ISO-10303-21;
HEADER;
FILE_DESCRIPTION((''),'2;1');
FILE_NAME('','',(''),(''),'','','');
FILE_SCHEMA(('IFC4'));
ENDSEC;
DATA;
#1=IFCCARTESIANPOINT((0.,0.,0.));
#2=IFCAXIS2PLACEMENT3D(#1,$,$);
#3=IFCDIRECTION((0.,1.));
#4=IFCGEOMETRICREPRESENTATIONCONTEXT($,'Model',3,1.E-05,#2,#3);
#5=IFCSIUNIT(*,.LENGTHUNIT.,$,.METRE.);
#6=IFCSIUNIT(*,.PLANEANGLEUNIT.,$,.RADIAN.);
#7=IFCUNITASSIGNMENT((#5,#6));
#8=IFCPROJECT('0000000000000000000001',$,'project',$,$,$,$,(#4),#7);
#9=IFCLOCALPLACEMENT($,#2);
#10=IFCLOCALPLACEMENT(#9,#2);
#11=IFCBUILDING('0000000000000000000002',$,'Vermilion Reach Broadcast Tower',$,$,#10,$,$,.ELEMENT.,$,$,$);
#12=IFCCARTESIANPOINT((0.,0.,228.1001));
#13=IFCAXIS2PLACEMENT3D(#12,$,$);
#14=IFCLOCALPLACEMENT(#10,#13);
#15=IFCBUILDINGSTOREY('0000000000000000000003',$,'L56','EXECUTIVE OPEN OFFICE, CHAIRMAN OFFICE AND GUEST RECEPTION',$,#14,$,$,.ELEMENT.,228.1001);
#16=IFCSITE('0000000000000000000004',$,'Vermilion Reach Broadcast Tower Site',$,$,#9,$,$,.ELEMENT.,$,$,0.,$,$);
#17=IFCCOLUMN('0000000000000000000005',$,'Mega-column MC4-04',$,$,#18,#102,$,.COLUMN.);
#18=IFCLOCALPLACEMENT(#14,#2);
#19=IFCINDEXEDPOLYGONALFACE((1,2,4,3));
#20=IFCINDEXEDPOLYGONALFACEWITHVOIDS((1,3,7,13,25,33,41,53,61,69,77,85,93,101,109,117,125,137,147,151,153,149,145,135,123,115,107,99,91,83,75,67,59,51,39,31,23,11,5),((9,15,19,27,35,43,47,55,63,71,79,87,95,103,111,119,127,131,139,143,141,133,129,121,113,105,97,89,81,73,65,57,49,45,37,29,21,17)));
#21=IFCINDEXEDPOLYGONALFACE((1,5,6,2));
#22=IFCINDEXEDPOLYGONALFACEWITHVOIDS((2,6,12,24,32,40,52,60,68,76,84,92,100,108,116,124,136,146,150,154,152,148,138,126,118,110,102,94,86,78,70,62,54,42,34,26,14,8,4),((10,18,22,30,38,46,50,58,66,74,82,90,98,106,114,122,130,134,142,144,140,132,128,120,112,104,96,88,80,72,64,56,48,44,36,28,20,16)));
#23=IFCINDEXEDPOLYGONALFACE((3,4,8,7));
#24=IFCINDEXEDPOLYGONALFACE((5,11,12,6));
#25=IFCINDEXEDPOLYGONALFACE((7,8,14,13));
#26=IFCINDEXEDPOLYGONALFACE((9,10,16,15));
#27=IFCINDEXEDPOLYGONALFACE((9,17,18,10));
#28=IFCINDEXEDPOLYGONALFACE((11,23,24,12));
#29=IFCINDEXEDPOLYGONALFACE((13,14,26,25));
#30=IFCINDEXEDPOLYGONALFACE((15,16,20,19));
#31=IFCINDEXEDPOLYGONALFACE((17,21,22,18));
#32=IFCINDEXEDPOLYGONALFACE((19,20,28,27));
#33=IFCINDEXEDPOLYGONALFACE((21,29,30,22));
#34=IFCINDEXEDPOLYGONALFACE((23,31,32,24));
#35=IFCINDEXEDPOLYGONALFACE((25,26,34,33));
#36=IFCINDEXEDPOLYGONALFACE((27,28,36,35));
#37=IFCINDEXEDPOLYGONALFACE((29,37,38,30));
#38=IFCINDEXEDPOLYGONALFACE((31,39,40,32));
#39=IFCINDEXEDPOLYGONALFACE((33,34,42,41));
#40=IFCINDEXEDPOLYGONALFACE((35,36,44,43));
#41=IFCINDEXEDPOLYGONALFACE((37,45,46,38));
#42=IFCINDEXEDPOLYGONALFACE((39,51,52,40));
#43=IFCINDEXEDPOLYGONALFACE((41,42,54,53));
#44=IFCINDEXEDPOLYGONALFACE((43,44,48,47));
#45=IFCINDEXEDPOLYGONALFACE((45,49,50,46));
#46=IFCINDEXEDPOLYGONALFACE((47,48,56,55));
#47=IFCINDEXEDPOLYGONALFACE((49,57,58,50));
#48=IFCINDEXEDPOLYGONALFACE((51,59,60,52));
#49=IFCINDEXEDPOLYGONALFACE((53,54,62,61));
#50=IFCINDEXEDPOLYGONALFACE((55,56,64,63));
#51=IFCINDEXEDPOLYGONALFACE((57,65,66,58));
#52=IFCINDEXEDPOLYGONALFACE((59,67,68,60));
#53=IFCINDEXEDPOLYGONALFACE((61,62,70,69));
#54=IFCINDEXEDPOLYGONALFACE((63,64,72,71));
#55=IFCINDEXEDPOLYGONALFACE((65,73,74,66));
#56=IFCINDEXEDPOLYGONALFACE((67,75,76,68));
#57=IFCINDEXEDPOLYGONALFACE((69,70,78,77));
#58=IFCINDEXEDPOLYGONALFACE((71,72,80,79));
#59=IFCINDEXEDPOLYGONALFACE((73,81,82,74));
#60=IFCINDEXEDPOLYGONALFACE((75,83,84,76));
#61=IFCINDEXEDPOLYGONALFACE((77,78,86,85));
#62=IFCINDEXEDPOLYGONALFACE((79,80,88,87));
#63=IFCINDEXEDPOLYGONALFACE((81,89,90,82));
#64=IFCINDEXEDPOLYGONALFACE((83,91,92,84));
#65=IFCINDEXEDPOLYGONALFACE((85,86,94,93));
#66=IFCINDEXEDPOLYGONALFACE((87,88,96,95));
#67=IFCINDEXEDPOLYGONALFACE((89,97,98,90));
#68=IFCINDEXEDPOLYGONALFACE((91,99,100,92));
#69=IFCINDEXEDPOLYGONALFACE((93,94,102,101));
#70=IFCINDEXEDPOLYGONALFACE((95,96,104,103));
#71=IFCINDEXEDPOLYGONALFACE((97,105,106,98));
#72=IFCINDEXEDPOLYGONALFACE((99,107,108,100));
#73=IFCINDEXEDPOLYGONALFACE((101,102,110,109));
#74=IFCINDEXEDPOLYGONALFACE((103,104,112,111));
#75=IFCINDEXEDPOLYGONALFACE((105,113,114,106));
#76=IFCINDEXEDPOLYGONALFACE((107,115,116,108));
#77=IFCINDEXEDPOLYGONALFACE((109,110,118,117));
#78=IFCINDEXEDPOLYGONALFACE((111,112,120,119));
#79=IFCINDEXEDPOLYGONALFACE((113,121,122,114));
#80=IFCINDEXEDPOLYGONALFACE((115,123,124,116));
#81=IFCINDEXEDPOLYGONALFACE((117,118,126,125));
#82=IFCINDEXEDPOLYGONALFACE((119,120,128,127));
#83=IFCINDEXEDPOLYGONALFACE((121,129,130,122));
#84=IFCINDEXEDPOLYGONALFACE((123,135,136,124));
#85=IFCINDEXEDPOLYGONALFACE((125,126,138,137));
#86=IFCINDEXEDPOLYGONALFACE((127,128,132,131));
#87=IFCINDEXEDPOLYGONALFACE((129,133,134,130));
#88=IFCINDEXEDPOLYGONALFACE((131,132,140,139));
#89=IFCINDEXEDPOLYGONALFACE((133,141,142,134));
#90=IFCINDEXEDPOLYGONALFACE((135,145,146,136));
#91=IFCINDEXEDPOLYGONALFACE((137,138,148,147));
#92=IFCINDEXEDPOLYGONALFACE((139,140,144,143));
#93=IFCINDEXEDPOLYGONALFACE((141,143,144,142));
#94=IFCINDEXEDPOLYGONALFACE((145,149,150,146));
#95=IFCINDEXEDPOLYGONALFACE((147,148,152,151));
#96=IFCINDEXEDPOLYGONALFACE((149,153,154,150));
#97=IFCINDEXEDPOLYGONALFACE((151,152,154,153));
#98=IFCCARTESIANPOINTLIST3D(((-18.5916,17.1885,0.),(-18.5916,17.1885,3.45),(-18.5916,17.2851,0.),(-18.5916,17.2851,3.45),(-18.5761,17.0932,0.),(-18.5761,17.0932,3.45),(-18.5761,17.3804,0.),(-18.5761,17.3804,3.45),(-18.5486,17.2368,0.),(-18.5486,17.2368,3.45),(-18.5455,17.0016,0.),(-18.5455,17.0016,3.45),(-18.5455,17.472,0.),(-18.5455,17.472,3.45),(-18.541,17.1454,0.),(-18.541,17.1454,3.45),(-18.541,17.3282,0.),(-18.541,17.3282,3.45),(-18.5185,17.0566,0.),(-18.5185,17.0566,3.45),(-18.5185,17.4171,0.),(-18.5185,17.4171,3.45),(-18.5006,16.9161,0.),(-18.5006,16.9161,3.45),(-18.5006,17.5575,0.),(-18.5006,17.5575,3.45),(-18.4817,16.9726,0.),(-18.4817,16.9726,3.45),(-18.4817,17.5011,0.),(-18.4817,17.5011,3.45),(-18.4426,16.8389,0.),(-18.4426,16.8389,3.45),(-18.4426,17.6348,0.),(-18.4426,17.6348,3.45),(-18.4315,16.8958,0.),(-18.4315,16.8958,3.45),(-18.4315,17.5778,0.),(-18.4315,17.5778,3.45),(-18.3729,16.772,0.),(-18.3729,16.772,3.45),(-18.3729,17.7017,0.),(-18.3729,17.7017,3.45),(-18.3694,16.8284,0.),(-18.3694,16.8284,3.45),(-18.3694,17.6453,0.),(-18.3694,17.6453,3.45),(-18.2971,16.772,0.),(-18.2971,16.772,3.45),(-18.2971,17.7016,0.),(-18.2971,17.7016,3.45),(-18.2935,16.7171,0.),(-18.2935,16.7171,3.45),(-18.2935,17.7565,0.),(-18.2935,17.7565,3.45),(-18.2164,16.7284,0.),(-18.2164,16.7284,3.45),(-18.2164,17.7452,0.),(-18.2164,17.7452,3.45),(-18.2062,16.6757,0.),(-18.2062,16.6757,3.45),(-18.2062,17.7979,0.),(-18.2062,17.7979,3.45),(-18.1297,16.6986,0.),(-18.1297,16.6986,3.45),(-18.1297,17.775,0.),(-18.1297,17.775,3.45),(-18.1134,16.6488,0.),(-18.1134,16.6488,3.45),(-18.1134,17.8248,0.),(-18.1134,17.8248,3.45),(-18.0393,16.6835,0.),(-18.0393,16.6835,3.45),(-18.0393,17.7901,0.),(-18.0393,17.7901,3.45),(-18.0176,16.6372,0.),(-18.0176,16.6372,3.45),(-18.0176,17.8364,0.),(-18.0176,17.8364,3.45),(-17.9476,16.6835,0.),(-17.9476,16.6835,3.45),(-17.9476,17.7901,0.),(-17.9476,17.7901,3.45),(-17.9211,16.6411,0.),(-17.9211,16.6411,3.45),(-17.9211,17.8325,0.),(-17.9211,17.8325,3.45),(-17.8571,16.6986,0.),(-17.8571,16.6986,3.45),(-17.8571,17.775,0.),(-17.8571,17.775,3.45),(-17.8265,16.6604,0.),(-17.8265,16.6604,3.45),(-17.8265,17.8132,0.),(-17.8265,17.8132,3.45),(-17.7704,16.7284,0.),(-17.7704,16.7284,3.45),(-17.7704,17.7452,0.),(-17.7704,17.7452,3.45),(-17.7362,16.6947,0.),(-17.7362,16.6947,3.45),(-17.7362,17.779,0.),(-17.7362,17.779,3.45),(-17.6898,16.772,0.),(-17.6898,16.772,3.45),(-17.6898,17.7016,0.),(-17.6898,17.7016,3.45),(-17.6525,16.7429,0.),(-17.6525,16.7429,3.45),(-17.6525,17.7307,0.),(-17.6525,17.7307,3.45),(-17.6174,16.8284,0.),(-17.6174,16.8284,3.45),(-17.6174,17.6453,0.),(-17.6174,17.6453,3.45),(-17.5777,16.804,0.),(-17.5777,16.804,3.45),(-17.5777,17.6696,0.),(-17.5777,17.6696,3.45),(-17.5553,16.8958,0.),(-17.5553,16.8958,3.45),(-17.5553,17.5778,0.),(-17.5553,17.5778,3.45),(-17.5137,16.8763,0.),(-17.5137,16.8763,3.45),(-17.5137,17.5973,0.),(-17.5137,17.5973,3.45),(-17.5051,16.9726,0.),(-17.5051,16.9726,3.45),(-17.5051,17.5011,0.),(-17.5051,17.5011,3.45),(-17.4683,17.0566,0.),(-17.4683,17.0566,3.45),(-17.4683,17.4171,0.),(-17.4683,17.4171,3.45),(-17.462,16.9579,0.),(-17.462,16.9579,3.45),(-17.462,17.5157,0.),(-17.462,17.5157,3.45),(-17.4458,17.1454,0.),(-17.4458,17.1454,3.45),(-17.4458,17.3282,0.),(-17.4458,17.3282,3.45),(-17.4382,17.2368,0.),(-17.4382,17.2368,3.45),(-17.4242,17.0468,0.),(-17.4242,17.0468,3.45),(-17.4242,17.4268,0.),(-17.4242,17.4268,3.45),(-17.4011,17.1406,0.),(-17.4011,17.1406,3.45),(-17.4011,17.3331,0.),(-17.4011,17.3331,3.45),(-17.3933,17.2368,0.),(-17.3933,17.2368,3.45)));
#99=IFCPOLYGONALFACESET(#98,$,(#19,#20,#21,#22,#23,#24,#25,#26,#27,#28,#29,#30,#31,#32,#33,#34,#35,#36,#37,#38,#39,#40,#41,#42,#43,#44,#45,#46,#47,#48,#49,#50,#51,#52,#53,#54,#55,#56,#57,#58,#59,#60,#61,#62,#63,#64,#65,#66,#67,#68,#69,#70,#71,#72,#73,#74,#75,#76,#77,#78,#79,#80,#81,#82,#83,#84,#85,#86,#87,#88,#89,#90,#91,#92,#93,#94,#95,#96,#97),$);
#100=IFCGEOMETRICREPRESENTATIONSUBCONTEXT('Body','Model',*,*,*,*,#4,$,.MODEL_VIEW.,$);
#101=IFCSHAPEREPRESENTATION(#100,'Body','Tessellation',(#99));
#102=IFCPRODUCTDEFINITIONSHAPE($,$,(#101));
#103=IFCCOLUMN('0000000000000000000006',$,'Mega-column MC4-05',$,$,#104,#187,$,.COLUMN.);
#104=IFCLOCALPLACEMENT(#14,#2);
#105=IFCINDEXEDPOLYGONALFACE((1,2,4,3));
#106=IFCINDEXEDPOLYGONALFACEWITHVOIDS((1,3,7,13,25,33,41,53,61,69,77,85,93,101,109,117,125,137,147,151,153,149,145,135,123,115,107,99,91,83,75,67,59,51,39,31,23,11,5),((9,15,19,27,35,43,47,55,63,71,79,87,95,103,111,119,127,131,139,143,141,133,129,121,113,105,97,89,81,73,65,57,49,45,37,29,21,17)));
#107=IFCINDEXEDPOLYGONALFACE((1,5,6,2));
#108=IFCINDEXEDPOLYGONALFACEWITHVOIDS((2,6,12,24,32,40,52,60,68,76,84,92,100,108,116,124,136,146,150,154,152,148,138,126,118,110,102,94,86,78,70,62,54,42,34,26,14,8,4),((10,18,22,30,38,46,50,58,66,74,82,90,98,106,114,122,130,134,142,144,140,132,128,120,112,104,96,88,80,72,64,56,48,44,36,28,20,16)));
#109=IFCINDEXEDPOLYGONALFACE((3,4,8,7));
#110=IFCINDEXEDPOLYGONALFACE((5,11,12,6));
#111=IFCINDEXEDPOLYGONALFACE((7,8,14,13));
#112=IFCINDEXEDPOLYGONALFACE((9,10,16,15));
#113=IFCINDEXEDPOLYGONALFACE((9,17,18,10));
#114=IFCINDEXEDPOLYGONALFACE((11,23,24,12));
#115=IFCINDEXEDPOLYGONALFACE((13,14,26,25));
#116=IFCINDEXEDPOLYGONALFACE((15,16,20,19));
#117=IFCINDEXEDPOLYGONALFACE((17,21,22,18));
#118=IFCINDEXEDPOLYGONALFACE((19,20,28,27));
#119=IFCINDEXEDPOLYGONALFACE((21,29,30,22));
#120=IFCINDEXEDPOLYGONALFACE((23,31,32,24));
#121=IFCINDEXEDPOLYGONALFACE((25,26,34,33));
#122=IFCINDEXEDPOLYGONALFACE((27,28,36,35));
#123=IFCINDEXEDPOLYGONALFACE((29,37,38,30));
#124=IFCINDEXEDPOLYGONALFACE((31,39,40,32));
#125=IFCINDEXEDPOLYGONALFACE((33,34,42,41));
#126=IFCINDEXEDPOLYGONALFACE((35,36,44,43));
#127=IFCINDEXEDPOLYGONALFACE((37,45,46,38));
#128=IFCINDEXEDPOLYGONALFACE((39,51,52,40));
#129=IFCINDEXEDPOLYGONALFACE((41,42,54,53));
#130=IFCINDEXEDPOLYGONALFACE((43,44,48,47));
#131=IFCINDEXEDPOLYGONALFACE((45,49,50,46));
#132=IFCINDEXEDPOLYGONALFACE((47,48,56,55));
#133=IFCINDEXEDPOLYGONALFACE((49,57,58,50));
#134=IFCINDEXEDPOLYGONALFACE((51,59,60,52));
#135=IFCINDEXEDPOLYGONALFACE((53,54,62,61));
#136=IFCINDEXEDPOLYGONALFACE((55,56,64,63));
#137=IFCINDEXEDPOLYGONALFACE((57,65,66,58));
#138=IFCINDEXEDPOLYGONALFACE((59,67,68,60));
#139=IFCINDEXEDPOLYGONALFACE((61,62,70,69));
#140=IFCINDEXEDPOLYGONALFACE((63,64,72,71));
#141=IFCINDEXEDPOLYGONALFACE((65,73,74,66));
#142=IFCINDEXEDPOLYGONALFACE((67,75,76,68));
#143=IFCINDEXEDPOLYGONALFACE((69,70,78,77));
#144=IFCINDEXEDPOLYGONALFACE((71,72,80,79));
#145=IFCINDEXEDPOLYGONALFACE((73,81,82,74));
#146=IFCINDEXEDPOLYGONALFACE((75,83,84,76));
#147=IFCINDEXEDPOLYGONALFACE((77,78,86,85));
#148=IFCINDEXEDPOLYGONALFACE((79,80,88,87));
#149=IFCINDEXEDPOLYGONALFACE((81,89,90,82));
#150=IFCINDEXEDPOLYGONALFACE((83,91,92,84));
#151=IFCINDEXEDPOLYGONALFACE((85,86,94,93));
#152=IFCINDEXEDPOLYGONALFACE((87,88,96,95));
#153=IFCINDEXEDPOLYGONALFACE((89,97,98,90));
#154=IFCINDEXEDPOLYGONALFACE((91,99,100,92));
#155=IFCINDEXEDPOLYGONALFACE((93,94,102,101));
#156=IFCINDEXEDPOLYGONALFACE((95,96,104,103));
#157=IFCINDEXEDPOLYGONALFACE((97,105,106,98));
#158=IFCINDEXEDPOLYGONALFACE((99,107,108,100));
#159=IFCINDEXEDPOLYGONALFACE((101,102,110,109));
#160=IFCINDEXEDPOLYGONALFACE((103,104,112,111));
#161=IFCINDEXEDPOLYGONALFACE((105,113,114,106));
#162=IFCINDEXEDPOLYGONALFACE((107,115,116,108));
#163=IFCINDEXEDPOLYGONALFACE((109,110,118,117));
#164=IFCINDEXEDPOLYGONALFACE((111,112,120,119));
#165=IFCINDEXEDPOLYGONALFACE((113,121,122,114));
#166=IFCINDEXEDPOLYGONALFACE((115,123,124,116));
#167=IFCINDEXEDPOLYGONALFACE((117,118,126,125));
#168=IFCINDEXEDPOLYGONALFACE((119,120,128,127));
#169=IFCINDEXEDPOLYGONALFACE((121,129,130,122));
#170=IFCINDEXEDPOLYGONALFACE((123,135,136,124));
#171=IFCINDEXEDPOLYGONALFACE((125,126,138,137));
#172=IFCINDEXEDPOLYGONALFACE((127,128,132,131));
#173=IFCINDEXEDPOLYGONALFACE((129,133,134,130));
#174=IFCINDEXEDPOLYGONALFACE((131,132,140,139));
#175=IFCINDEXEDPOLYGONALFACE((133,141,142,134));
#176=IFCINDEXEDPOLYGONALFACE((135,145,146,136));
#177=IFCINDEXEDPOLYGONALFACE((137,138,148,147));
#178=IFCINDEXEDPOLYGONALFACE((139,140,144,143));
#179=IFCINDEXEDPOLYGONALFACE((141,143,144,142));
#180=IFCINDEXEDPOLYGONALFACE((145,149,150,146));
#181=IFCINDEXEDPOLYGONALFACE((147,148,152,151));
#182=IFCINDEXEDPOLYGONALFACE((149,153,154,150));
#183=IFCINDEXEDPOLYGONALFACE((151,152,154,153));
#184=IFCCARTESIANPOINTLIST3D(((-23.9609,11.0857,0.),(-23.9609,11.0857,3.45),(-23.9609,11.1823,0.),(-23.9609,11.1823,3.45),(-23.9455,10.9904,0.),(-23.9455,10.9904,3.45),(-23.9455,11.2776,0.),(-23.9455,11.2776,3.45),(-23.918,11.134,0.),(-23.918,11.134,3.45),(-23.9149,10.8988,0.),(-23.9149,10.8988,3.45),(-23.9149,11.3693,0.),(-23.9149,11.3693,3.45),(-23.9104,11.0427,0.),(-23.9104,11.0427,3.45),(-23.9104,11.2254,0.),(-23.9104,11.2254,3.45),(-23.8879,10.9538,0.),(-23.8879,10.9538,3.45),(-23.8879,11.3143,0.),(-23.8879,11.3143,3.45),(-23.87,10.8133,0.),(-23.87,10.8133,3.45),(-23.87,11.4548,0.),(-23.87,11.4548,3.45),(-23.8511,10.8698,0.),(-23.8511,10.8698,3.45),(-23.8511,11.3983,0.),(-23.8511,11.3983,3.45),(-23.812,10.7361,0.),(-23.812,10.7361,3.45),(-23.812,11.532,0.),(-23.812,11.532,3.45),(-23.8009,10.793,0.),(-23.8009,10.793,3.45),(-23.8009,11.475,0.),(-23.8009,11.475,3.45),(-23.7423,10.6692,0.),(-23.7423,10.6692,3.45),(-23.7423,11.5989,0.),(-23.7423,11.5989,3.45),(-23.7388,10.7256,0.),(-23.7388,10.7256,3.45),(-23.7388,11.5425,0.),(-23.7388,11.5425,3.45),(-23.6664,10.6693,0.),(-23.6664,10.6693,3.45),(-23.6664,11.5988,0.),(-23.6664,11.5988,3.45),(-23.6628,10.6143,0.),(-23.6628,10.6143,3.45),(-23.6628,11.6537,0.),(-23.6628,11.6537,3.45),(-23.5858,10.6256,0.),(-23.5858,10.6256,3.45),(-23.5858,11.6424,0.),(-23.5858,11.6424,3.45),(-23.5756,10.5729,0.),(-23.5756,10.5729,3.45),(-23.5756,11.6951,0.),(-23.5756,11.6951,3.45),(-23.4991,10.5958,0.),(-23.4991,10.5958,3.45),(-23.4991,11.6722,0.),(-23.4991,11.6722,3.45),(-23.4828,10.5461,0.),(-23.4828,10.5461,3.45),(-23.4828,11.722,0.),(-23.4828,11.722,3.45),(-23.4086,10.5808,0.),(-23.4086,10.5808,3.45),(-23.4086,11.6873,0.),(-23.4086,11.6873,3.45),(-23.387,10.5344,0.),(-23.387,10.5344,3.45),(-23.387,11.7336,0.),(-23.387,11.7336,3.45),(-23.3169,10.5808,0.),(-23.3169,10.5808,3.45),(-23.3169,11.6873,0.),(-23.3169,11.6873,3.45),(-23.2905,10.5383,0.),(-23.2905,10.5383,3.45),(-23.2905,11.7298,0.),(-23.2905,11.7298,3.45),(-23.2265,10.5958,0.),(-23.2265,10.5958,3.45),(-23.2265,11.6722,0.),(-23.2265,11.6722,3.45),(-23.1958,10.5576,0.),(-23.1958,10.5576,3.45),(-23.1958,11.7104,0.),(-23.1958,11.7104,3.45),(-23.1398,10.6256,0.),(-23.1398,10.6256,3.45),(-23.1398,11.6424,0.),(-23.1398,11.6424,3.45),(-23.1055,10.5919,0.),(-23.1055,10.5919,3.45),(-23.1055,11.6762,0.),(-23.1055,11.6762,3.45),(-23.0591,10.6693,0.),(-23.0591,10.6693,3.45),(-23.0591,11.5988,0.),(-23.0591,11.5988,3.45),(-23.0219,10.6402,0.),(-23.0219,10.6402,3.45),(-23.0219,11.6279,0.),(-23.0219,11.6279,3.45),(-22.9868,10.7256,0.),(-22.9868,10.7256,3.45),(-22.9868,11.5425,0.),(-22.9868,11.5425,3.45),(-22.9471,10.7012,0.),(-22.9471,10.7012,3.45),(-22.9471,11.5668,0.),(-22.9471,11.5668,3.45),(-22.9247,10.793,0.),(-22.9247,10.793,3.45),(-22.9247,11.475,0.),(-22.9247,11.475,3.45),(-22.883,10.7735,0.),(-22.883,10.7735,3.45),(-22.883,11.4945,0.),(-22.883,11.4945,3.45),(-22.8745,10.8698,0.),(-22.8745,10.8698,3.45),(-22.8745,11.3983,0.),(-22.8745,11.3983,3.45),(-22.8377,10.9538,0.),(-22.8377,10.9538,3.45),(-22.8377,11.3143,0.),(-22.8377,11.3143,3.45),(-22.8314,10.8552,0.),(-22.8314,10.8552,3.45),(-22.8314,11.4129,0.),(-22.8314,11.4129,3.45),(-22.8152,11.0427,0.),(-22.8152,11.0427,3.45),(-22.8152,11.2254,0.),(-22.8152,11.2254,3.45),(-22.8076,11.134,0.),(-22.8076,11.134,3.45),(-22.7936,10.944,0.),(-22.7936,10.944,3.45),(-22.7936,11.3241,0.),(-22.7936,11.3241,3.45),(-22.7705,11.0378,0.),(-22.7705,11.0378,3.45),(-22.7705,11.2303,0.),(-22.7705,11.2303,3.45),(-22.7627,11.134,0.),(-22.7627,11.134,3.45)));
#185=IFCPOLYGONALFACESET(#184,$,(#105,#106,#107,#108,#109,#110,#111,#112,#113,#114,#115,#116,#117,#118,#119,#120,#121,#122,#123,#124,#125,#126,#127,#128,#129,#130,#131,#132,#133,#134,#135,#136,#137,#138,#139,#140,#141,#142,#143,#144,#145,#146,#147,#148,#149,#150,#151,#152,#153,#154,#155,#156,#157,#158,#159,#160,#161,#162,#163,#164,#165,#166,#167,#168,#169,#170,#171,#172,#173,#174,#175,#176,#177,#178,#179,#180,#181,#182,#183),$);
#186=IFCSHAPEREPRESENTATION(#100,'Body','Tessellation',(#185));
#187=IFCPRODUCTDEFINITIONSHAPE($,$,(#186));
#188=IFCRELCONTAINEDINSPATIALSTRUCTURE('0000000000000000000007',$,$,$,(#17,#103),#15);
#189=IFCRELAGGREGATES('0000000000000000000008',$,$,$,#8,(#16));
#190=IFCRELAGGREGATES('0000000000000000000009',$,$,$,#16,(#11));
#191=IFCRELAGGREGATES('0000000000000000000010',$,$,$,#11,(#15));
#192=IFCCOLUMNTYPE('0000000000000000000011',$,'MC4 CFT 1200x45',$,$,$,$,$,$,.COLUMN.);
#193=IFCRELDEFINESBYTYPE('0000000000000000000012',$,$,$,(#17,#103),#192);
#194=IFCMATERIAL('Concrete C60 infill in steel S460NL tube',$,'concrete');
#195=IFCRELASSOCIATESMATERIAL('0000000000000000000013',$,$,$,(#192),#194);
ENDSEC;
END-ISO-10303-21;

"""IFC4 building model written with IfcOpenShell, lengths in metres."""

from ifc_helpers import new_model, si_unit, direction, frame, origin, origin_2d, place, context, subcontext, project, spatial, hollow_circle, extrude, material, material_profile, profile_set, type_object, element, save


model = new_model("IFC4")

# Units and contexts
model_context = context("Model", 3, precision=1e-05, world=origin(), true_north=direction((0.0, 1.0)))
body_context = subcontext(model_context, "Body", "Model", "MODEL_VIEW")
ifc_project = project(units=[si_unit("LENGTHUNIT", "METRE"), si_unit("PLANEANGLEUNIT", "RADIAN")], contexts=[model_context])

# Site, building, storey
site_placement = place(None, origin())
site = spatial("IfcSite", under=ifc_project, at=site_placement, Name="Vermilion Reach Broadcast Tower Site", CompositionType="ELEMENT", RefElevation=0.0)
building_placement = place(site_placement, origin())
building = spatial("IfcBuilding", under=site, at=building_placement, Name="Vermilion Reach Broadcast Tower", CompositionType="ELEMENT")
storey_placement = place(building_placement, frame((0.0, 0.0, 228.1001)))
storey = spatial("IfcBuildingStorey", under=building, at=storey_placement, Name="L56", Description="EXECUTIVE OPEN OFFICE, CHAIRMAN OFFICE AND GUEST RECEPTION", CompositionType="ELEMENT", Elevation=228.1001)

# Columns
ifc_material_1 = material(Name="Concrete C60 infill in steel S460NL tube", Category="concrete")
ifc_material_profile_1 = material_profile(ifc_material_1, hollow_circle(Radius=0.6001, WallThickness=0.0449, at=origin_2d()), Name="Concrete C60 infill in steel S460NL tube CFT 1200x45")
ifc_profile_set_1 = profile_set([ifc_material_profile_1], Name="Concrete C60 infill in steel S460NL tube")
column_type = type_object("IfcColumnType", Name="MC4 CFT 1200x45", PredefinedType="COLUMN", material=ifc_profile_set_1)
for number, where, z_axis, x_axis, name in (
    (1, (-17.9934, 17.2368, 0.0), (0.0, 0.0, 1.0), (1.0, 0.0, 0.0), "Mega-column MC4-04"),
    (2, (-23.3628, 11.134, 0.0), (0.0, 0.0, 1.0), (1.0, 0.0, 0.0), "Mega-column MC4-05"),
):
    element("IfcColumn", number, at=place(storey_placement, frame(where, z_axis=z_axis, x_axis=x_axis)), inside=storey, type_object=column_type, Name=name, PredefinedType="COLUMN", context=body_context, shape_type="SweptSolid", body=[
        extrude(hollow_circle(Radius=0.6001, WallThickness=0.0449, at=origin_2d()), origin(), (0.0, 0.0, 1.0), 3.45),
    ])

save(model, "model.ifc")
